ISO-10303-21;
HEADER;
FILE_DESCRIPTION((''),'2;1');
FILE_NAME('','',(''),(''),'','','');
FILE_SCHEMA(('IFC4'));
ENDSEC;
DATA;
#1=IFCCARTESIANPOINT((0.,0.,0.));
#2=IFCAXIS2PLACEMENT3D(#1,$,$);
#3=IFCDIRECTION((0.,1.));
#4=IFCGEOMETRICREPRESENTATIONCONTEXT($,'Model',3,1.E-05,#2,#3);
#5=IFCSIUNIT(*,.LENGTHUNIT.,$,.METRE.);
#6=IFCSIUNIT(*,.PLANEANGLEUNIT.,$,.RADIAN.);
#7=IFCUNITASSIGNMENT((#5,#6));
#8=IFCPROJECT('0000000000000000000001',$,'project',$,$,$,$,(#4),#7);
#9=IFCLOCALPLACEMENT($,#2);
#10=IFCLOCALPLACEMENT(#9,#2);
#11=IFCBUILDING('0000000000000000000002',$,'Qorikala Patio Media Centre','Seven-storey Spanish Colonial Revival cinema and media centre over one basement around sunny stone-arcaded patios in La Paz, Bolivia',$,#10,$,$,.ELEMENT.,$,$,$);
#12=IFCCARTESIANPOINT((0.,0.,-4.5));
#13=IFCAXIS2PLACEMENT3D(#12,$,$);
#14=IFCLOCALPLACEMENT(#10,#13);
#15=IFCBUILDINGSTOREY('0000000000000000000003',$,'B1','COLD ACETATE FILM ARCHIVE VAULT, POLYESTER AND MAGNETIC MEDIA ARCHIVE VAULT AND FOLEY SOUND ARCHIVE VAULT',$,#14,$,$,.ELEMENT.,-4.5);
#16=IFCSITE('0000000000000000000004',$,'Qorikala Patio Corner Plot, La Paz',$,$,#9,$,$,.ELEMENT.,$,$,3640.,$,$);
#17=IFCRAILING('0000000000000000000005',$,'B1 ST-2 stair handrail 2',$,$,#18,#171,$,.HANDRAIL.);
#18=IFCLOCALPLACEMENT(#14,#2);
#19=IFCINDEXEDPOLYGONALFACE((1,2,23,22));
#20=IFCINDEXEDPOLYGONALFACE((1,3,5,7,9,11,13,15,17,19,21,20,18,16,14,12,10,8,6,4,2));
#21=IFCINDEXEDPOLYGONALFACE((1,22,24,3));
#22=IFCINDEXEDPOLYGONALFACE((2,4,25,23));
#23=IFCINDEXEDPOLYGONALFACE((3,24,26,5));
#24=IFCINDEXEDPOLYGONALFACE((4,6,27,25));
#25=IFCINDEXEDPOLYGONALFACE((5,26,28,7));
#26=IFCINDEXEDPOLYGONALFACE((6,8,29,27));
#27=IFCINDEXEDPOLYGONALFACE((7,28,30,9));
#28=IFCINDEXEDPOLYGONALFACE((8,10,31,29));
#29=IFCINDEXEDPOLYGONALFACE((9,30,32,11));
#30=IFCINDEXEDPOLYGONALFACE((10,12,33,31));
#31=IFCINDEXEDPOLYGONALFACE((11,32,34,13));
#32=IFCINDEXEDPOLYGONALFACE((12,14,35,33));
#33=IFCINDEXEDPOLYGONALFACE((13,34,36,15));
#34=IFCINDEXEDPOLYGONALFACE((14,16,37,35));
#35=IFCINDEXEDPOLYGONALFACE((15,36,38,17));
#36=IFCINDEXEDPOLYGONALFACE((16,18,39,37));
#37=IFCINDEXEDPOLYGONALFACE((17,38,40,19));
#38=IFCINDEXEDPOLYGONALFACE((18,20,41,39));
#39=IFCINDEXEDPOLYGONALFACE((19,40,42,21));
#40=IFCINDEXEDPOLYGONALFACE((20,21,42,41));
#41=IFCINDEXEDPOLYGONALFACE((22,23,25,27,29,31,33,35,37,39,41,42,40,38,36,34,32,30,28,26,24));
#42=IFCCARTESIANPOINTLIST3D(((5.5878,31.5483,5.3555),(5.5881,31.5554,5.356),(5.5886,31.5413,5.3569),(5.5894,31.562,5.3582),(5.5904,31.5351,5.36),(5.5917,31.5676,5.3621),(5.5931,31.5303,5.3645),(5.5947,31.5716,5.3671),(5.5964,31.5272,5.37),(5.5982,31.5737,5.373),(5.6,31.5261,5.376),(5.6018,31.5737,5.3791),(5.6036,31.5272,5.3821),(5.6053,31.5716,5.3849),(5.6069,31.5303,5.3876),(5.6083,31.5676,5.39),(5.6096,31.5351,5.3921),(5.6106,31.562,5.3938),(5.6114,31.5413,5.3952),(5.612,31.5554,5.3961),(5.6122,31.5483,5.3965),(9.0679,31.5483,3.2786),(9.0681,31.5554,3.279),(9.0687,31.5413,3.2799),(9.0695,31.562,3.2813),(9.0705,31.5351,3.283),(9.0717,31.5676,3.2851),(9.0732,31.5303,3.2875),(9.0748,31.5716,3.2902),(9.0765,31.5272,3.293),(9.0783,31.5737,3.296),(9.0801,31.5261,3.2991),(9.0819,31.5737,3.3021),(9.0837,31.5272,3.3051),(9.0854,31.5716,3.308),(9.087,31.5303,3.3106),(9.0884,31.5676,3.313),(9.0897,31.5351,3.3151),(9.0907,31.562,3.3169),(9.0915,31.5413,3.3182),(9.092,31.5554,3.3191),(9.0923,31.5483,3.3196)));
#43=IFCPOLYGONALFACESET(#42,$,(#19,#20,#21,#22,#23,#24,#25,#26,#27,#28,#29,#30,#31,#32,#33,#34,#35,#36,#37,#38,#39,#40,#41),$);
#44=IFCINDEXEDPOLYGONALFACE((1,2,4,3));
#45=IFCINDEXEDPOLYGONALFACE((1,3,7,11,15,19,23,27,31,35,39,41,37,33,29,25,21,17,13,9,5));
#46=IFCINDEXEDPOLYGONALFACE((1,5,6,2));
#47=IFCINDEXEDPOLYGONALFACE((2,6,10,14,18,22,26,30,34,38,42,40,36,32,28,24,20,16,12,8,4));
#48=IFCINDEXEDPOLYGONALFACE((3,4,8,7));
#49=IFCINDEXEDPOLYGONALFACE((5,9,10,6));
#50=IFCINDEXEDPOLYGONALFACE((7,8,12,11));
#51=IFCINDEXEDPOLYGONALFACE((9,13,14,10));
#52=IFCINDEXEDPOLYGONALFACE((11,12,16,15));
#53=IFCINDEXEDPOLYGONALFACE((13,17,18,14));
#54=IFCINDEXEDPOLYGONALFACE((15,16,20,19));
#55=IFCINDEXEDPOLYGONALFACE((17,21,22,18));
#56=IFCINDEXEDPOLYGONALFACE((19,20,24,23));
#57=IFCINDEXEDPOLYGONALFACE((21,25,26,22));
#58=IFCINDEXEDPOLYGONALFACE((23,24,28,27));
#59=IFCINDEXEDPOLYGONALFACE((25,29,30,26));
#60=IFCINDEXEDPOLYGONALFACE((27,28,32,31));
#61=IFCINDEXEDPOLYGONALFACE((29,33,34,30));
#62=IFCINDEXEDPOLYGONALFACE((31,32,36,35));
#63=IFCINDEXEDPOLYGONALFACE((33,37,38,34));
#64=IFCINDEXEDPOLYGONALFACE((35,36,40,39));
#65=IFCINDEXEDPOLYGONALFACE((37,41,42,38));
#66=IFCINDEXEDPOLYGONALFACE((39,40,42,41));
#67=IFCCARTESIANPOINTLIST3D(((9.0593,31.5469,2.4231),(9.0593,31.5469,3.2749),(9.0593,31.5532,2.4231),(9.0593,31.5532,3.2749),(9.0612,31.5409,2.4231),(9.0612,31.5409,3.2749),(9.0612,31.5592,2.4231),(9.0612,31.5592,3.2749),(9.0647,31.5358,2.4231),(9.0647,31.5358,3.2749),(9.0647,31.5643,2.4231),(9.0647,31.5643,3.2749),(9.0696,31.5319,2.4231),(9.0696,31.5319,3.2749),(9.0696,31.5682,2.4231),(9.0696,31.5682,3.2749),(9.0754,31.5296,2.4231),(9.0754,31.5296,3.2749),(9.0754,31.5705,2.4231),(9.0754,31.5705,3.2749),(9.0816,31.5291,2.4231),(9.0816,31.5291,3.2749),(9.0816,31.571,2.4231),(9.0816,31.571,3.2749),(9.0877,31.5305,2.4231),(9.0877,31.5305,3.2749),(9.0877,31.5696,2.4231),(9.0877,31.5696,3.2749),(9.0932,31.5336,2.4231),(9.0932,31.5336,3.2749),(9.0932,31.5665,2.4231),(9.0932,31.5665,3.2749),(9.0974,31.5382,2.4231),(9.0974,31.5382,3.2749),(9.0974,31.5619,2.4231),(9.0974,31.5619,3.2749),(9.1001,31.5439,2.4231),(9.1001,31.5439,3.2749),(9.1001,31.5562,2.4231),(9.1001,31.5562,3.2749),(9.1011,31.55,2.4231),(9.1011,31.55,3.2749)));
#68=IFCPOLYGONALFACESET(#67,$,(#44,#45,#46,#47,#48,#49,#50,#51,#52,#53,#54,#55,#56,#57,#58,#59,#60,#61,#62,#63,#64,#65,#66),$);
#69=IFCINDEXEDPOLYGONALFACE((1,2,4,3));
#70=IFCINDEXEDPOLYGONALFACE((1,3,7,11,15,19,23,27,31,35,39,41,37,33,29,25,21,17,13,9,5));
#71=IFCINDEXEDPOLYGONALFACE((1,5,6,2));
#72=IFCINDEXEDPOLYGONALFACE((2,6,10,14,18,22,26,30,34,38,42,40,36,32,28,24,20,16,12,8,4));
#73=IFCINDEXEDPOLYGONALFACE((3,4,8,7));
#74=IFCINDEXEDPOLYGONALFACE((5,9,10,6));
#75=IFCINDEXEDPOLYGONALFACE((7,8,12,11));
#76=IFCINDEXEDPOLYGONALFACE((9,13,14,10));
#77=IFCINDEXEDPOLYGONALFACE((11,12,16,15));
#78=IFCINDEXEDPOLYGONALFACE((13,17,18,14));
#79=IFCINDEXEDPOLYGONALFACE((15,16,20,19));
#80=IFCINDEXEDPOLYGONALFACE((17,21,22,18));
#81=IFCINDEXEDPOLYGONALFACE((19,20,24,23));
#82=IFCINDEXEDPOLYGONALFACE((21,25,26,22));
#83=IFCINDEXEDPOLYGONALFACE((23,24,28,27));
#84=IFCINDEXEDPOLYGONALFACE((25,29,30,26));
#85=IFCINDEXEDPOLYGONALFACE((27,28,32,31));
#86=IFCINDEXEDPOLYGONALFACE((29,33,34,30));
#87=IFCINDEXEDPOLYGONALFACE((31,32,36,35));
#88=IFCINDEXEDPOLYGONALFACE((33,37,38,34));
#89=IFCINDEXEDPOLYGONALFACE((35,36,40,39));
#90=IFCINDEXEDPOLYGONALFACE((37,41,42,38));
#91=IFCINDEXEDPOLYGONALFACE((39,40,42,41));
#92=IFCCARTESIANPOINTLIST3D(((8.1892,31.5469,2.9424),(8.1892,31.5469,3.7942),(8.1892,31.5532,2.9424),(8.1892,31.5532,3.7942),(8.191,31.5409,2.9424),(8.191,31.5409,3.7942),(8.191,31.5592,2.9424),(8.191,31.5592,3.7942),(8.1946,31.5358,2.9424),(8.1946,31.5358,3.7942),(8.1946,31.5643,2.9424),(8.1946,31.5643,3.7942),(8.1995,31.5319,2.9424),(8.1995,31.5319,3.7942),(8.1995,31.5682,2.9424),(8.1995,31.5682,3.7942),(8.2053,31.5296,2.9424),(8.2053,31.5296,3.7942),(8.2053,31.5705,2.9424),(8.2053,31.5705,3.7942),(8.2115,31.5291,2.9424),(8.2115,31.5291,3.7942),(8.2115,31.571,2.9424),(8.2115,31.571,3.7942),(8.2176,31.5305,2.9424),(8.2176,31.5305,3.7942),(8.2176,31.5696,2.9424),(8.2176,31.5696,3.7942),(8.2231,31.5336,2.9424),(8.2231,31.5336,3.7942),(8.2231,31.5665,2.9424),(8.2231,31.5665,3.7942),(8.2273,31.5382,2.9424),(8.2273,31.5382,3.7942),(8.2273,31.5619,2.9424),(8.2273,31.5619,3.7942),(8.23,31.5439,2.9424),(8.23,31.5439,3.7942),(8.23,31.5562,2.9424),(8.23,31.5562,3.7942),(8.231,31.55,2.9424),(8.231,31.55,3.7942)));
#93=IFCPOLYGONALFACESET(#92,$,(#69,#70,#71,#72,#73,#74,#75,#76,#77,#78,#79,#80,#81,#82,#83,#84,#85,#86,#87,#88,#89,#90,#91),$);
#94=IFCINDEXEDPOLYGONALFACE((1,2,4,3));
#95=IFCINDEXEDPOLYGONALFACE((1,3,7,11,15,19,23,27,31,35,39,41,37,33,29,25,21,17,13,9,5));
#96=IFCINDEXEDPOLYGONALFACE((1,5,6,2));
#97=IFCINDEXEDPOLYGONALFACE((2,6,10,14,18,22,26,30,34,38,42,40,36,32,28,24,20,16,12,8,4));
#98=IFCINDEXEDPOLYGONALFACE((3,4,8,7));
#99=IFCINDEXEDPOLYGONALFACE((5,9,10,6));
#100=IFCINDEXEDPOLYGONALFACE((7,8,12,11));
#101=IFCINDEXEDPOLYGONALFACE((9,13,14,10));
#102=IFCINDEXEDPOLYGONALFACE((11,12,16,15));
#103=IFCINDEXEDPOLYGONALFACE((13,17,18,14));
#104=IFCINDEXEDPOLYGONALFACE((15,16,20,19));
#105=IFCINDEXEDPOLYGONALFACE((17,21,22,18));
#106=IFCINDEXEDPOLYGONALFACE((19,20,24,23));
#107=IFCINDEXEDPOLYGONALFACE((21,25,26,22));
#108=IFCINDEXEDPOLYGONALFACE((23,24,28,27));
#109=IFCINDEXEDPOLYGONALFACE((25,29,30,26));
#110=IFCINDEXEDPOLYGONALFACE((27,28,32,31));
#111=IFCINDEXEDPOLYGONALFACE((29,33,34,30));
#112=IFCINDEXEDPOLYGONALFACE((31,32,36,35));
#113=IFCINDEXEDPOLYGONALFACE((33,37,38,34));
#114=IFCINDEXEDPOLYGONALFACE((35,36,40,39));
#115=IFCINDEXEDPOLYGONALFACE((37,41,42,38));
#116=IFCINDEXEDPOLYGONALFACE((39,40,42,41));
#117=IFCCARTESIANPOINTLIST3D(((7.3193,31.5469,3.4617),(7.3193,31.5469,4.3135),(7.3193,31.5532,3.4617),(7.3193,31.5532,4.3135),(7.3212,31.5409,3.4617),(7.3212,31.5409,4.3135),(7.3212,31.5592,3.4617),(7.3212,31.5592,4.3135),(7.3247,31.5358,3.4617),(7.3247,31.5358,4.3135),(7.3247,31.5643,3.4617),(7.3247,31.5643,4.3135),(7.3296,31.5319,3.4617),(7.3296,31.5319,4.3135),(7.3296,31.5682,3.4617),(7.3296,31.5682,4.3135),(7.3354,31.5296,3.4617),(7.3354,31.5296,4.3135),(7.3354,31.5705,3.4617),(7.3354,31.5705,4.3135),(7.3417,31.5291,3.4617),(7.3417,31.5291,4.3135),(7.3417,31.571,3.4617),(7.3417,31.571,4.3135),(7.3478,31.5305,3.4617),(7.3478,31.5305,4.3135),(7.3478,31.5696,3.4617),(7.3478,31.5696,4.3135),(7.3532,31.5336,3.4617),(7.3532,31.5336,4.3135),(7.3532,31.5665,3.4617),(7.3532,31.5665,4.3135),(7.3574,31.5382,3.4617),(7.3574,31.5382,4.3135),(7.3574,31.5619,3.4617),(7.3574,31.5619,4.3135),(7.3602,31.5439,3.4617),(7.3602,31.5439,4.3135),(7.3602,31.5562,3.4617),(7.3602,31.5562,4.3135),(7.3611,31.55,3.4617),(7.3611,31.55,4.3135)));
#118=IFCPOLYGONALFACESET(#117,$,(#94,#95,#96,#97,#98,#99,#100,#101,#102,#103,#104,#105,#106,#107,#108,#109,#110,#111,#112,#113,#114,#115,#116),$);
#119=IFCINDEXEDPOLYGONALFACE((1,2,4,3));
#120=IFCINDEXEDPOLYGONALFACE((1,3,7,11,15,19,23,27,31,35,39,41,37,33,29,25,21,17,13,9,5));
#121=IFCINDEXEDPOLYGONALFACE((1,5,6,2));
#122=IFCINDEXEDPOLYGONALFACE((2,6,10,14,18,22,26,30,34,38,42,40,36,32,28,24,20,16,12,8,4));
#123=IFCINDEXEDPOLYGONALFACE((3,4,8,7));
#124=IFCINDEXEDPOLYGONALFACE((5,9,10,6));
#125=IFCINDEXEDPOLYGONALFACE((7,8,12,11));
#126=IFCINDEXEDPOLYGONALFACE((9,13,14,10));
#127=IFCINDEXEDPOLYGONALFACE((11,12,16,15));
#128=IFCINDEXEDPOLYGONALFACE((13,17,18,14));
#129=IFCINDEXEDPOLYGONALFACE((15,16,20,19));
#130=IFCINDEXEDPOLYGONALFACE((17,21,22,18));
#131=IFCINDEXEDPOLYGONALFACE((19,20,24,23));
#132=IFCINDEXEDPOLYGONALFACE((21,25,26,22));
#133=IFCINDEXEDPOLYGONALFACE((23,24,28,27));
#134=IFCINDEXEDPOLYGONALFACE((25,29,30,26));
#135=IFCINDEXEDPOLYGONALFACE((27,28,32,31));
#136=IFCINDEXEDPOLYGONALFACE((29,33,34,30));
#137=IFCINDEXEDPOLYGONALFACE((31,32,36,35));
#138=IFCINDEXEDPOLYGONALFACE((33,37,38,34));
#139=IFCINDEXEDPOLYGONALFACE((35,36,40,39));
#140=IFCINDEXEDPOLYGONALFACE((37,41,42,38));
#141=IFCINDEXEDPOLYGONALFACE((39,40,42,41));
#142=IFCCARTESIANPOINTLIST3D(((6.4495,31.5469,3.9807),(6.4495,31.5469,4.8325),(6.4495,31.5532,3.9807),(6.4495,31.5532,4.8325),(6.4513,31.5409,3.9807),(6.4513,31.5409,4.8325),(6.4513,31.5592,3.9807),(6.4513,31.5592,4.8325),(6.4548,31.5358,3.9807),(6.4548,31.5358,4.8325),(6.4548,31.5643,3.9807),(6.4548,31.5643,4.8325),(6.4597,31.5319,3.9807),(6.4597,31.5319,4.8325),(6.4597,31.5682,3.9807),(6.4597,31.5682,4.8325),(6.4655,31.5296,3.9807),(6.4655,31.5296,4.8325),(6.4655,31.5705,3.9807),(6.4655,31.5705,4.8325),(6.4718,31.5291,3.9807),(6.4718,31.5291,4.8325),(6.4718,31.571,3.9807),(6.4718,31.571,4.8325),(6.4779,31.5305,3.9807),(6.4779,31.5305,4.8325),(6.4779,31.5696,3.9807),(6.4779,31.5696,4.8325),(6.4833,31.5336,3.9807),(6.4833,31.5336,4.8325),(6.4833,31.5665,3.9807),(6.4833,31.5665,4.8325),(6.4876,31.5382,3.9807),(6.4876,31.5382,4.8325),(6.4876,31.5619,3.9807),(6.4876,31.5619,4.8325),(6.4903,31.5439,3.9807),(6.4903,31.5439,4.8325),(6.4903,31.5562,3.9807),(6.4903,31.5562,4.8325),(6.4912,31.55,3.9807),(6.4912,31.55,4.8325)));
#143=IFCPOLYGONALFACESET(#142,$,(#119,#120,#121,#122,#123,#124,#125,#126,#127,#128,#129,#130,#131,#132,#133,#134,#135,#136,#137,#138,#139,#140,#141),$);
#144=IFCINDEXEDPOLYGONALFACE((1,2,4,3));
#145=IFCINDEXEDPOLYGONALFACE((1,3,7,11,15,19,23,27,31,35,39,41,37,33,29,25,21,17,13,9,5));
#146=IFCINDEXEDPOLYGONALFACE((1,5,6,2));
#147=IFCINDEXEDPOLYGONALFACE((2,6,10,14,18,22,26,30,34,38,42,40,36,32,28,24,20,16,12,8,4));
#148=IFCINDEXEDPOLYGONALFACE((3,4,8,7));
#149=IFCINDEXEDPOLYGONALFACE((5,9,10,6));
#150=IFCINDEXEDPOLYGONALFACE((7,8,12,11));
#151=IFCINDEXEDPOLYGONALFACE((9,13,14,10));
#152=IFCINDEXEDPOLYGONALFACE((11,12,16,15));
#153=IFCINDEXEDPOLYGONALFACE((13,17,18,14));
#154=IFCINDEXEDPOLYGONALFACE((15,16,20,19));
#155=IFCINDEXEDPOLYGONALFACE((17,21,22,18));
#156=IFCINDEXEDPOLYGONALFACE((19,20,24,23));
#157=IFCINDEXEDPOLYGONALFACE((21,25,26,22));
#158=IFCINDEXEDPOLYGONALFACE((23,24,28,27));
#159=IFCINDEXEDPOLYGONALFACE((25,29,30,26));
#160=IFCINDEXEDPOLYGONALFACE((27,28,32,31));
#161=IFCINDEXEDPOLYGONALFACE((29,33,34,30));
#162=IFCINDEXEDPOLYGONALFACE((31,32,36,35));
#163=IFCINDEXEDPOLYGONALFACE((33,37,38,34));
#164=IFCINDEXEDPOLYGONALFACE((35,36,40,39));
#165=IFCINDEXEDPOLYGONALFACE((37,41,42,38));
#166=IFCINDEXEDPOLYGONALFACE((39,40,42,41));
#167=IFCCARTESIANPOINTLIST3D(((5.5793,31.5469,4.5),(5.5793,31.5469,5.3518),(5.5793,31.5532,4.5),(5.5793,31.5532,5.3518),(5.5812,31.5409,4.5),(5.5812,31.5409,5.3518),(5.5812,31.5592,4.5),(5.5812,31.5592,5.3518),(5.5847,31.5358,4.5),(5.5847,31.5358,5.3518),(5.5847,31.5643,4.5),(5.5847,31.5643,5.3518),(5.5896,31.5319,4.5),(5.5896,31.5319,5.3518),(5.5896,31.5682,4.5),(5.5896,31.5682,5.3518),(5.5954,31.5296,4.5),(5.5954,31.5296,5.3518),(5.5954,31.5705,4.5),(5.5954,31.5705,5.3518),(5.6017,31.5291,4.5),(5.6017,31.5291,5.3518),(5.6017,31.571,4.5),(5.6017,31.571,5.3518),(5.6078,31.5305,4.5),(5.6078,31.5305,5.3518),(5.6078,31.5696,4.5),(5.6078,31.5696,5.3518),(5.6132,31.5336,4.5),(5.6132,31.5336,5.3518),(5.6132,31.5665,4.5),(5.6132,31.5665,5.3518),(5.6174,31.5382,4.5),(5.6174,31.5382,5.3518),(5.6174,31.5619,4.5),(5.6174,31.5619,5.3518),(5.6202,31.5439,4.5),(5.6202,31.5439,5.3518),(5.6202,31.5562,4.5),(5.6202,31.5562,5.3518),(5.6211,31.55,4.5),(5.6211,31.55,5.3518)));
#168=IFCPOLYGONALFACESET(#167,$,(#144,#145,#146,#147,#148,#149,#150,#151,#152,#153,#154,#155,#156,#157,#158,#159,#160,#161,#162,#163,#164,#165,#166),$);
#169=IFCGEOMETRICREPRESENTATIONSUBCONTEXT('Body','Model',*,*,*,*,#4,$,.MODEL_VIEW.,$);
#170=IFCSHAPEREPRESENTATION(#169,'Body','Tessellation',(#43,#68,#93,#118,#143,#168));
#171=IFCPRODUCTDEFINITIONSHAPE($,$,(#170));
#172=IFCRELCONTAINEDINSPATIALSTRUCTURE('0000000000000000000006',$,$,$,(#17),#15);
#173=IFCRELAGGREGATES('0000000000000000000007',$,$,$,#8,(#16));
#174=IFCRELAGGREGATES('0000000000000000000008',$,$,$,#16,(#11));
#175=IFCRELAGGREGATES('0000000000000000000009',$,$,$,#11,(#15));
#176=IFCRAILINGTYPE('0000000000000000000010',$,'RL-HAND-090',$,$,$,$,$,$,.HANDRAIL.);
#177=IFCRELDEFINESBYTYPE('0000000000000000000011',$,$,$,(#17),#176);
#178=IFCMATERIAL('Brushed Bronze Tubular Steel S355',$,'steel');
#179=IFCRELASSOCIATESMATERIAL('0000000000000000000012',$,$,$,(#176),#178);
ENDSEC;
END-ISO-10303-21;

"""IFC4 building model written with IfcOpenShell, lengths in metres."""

from ifc_helpers import new_model, si_unit, direction, frame, origin, origin_2d, place, context, subcontext, project, spatial, circle, extrude, material, type_object, element, save


model = new_model("IFC4")

# Units and contexts
model_context = context("Model", 3, precision=1e-05, world=origin(), true_north=direction((0.0, 1.0)))
body_context = subcontext(model_context, "Body", "Model", "MODEL_VIEW")
ifc_project = project(units=[si_unit("LENGTHUNIT", "METRE"), si_unit("PLANEANGLEUNIT", "RADIAN")], contexts=[model_context])

# Site, building, storey
site_placement = place(None, origin())
site = spatial("IfcSite", under=ifc_project, at=site_placement, Name="Qorikala Patio Corner Plot, La Paz", CompositionType="ELEMENT", RefElevation=3640.0)
building_placement = place(site_placement, origin())
building = spatial("IfcBuilding", under=site, at=building_placement, Name="Qorikala Patio Media Centre", Description="Seven-storey Spanish Colonial Revival cinema and media centre over one basement around sunny stone-arcaded patios in La Paz, Bolivia", CompositionType="ELEMENT")
storey_placement = place(building_placement, frame((0.0, 0.0, -4.5)))
storey = spatial("IfcBuildingStorey", under=building, at=storey_placement, Name="B1", Description="COLD ACETATE FILM ARCHIVE VAULT, POLYESTER AND MAGNETIC MEDIA ARCHIVE VAULT AND FOLEY SOUND ARCHIVE VAULT", CompositionType="ELEMENT", Elevation=-4.5)

# Railing
ifc_material_1 = material(Name="Brushed Bronze Tubular Steel S355", Category="steel")
railing_type = type_object("IfcRailingType", Name="RL-HAND-090", PredefinedType="HANDRAIL", material=ifc_material_1)
railing_placement = place(storey_placement, frame((9.0801, 31.55, 2.4231)))
element("IfcRailing", 1, at=railing_placement, inside=storey, type_object=railing_type, Name="B1 ST-2 stair handrail 2", PredefinedType="HANDRAIL", context=body_context, shape_type="SweptSolid", body=[
    extrude(circle(Radius=0.0239, at=origin_2d()), frame((0.0, 0.0, 0.876), z_axis=(-0.858697, 0.0, 0.512483), x_axis=(0.0, -1.0, 0.0)), (0.0, 0.0, 1.0), 4.0527),
    extrude(circle(Radius=0.021, at=origin_2d()), origin(), (0.0, 0.0, 1.0), 0.8518),
    extrude(circle(Radius=0.021, at=origin_2d()), frame((-0.8701, 0.0, 0.5193)), (0.0, 0.0, 1.0), 0.8518),
    extrude(circle(Radius=0.021, at=origin_2d()), frame((-1.74, 0.0, 1.0386)), (0.0, 0.0, 1.0), 0.8518),
    extrude(circle(Radius=0.021, at=origin_2d()), frame((-2.6099, 0.0, 1.5576)), (0.0, 0.0, 1.0), 0.8518),
    extrude(circle(Radius=0.021, at=origin_2d()), frame((-3.48, 0.0, 2.0769)), (0.0, 0.0, 1.0), 0.8518),
])

save(model, "model.ifc")
